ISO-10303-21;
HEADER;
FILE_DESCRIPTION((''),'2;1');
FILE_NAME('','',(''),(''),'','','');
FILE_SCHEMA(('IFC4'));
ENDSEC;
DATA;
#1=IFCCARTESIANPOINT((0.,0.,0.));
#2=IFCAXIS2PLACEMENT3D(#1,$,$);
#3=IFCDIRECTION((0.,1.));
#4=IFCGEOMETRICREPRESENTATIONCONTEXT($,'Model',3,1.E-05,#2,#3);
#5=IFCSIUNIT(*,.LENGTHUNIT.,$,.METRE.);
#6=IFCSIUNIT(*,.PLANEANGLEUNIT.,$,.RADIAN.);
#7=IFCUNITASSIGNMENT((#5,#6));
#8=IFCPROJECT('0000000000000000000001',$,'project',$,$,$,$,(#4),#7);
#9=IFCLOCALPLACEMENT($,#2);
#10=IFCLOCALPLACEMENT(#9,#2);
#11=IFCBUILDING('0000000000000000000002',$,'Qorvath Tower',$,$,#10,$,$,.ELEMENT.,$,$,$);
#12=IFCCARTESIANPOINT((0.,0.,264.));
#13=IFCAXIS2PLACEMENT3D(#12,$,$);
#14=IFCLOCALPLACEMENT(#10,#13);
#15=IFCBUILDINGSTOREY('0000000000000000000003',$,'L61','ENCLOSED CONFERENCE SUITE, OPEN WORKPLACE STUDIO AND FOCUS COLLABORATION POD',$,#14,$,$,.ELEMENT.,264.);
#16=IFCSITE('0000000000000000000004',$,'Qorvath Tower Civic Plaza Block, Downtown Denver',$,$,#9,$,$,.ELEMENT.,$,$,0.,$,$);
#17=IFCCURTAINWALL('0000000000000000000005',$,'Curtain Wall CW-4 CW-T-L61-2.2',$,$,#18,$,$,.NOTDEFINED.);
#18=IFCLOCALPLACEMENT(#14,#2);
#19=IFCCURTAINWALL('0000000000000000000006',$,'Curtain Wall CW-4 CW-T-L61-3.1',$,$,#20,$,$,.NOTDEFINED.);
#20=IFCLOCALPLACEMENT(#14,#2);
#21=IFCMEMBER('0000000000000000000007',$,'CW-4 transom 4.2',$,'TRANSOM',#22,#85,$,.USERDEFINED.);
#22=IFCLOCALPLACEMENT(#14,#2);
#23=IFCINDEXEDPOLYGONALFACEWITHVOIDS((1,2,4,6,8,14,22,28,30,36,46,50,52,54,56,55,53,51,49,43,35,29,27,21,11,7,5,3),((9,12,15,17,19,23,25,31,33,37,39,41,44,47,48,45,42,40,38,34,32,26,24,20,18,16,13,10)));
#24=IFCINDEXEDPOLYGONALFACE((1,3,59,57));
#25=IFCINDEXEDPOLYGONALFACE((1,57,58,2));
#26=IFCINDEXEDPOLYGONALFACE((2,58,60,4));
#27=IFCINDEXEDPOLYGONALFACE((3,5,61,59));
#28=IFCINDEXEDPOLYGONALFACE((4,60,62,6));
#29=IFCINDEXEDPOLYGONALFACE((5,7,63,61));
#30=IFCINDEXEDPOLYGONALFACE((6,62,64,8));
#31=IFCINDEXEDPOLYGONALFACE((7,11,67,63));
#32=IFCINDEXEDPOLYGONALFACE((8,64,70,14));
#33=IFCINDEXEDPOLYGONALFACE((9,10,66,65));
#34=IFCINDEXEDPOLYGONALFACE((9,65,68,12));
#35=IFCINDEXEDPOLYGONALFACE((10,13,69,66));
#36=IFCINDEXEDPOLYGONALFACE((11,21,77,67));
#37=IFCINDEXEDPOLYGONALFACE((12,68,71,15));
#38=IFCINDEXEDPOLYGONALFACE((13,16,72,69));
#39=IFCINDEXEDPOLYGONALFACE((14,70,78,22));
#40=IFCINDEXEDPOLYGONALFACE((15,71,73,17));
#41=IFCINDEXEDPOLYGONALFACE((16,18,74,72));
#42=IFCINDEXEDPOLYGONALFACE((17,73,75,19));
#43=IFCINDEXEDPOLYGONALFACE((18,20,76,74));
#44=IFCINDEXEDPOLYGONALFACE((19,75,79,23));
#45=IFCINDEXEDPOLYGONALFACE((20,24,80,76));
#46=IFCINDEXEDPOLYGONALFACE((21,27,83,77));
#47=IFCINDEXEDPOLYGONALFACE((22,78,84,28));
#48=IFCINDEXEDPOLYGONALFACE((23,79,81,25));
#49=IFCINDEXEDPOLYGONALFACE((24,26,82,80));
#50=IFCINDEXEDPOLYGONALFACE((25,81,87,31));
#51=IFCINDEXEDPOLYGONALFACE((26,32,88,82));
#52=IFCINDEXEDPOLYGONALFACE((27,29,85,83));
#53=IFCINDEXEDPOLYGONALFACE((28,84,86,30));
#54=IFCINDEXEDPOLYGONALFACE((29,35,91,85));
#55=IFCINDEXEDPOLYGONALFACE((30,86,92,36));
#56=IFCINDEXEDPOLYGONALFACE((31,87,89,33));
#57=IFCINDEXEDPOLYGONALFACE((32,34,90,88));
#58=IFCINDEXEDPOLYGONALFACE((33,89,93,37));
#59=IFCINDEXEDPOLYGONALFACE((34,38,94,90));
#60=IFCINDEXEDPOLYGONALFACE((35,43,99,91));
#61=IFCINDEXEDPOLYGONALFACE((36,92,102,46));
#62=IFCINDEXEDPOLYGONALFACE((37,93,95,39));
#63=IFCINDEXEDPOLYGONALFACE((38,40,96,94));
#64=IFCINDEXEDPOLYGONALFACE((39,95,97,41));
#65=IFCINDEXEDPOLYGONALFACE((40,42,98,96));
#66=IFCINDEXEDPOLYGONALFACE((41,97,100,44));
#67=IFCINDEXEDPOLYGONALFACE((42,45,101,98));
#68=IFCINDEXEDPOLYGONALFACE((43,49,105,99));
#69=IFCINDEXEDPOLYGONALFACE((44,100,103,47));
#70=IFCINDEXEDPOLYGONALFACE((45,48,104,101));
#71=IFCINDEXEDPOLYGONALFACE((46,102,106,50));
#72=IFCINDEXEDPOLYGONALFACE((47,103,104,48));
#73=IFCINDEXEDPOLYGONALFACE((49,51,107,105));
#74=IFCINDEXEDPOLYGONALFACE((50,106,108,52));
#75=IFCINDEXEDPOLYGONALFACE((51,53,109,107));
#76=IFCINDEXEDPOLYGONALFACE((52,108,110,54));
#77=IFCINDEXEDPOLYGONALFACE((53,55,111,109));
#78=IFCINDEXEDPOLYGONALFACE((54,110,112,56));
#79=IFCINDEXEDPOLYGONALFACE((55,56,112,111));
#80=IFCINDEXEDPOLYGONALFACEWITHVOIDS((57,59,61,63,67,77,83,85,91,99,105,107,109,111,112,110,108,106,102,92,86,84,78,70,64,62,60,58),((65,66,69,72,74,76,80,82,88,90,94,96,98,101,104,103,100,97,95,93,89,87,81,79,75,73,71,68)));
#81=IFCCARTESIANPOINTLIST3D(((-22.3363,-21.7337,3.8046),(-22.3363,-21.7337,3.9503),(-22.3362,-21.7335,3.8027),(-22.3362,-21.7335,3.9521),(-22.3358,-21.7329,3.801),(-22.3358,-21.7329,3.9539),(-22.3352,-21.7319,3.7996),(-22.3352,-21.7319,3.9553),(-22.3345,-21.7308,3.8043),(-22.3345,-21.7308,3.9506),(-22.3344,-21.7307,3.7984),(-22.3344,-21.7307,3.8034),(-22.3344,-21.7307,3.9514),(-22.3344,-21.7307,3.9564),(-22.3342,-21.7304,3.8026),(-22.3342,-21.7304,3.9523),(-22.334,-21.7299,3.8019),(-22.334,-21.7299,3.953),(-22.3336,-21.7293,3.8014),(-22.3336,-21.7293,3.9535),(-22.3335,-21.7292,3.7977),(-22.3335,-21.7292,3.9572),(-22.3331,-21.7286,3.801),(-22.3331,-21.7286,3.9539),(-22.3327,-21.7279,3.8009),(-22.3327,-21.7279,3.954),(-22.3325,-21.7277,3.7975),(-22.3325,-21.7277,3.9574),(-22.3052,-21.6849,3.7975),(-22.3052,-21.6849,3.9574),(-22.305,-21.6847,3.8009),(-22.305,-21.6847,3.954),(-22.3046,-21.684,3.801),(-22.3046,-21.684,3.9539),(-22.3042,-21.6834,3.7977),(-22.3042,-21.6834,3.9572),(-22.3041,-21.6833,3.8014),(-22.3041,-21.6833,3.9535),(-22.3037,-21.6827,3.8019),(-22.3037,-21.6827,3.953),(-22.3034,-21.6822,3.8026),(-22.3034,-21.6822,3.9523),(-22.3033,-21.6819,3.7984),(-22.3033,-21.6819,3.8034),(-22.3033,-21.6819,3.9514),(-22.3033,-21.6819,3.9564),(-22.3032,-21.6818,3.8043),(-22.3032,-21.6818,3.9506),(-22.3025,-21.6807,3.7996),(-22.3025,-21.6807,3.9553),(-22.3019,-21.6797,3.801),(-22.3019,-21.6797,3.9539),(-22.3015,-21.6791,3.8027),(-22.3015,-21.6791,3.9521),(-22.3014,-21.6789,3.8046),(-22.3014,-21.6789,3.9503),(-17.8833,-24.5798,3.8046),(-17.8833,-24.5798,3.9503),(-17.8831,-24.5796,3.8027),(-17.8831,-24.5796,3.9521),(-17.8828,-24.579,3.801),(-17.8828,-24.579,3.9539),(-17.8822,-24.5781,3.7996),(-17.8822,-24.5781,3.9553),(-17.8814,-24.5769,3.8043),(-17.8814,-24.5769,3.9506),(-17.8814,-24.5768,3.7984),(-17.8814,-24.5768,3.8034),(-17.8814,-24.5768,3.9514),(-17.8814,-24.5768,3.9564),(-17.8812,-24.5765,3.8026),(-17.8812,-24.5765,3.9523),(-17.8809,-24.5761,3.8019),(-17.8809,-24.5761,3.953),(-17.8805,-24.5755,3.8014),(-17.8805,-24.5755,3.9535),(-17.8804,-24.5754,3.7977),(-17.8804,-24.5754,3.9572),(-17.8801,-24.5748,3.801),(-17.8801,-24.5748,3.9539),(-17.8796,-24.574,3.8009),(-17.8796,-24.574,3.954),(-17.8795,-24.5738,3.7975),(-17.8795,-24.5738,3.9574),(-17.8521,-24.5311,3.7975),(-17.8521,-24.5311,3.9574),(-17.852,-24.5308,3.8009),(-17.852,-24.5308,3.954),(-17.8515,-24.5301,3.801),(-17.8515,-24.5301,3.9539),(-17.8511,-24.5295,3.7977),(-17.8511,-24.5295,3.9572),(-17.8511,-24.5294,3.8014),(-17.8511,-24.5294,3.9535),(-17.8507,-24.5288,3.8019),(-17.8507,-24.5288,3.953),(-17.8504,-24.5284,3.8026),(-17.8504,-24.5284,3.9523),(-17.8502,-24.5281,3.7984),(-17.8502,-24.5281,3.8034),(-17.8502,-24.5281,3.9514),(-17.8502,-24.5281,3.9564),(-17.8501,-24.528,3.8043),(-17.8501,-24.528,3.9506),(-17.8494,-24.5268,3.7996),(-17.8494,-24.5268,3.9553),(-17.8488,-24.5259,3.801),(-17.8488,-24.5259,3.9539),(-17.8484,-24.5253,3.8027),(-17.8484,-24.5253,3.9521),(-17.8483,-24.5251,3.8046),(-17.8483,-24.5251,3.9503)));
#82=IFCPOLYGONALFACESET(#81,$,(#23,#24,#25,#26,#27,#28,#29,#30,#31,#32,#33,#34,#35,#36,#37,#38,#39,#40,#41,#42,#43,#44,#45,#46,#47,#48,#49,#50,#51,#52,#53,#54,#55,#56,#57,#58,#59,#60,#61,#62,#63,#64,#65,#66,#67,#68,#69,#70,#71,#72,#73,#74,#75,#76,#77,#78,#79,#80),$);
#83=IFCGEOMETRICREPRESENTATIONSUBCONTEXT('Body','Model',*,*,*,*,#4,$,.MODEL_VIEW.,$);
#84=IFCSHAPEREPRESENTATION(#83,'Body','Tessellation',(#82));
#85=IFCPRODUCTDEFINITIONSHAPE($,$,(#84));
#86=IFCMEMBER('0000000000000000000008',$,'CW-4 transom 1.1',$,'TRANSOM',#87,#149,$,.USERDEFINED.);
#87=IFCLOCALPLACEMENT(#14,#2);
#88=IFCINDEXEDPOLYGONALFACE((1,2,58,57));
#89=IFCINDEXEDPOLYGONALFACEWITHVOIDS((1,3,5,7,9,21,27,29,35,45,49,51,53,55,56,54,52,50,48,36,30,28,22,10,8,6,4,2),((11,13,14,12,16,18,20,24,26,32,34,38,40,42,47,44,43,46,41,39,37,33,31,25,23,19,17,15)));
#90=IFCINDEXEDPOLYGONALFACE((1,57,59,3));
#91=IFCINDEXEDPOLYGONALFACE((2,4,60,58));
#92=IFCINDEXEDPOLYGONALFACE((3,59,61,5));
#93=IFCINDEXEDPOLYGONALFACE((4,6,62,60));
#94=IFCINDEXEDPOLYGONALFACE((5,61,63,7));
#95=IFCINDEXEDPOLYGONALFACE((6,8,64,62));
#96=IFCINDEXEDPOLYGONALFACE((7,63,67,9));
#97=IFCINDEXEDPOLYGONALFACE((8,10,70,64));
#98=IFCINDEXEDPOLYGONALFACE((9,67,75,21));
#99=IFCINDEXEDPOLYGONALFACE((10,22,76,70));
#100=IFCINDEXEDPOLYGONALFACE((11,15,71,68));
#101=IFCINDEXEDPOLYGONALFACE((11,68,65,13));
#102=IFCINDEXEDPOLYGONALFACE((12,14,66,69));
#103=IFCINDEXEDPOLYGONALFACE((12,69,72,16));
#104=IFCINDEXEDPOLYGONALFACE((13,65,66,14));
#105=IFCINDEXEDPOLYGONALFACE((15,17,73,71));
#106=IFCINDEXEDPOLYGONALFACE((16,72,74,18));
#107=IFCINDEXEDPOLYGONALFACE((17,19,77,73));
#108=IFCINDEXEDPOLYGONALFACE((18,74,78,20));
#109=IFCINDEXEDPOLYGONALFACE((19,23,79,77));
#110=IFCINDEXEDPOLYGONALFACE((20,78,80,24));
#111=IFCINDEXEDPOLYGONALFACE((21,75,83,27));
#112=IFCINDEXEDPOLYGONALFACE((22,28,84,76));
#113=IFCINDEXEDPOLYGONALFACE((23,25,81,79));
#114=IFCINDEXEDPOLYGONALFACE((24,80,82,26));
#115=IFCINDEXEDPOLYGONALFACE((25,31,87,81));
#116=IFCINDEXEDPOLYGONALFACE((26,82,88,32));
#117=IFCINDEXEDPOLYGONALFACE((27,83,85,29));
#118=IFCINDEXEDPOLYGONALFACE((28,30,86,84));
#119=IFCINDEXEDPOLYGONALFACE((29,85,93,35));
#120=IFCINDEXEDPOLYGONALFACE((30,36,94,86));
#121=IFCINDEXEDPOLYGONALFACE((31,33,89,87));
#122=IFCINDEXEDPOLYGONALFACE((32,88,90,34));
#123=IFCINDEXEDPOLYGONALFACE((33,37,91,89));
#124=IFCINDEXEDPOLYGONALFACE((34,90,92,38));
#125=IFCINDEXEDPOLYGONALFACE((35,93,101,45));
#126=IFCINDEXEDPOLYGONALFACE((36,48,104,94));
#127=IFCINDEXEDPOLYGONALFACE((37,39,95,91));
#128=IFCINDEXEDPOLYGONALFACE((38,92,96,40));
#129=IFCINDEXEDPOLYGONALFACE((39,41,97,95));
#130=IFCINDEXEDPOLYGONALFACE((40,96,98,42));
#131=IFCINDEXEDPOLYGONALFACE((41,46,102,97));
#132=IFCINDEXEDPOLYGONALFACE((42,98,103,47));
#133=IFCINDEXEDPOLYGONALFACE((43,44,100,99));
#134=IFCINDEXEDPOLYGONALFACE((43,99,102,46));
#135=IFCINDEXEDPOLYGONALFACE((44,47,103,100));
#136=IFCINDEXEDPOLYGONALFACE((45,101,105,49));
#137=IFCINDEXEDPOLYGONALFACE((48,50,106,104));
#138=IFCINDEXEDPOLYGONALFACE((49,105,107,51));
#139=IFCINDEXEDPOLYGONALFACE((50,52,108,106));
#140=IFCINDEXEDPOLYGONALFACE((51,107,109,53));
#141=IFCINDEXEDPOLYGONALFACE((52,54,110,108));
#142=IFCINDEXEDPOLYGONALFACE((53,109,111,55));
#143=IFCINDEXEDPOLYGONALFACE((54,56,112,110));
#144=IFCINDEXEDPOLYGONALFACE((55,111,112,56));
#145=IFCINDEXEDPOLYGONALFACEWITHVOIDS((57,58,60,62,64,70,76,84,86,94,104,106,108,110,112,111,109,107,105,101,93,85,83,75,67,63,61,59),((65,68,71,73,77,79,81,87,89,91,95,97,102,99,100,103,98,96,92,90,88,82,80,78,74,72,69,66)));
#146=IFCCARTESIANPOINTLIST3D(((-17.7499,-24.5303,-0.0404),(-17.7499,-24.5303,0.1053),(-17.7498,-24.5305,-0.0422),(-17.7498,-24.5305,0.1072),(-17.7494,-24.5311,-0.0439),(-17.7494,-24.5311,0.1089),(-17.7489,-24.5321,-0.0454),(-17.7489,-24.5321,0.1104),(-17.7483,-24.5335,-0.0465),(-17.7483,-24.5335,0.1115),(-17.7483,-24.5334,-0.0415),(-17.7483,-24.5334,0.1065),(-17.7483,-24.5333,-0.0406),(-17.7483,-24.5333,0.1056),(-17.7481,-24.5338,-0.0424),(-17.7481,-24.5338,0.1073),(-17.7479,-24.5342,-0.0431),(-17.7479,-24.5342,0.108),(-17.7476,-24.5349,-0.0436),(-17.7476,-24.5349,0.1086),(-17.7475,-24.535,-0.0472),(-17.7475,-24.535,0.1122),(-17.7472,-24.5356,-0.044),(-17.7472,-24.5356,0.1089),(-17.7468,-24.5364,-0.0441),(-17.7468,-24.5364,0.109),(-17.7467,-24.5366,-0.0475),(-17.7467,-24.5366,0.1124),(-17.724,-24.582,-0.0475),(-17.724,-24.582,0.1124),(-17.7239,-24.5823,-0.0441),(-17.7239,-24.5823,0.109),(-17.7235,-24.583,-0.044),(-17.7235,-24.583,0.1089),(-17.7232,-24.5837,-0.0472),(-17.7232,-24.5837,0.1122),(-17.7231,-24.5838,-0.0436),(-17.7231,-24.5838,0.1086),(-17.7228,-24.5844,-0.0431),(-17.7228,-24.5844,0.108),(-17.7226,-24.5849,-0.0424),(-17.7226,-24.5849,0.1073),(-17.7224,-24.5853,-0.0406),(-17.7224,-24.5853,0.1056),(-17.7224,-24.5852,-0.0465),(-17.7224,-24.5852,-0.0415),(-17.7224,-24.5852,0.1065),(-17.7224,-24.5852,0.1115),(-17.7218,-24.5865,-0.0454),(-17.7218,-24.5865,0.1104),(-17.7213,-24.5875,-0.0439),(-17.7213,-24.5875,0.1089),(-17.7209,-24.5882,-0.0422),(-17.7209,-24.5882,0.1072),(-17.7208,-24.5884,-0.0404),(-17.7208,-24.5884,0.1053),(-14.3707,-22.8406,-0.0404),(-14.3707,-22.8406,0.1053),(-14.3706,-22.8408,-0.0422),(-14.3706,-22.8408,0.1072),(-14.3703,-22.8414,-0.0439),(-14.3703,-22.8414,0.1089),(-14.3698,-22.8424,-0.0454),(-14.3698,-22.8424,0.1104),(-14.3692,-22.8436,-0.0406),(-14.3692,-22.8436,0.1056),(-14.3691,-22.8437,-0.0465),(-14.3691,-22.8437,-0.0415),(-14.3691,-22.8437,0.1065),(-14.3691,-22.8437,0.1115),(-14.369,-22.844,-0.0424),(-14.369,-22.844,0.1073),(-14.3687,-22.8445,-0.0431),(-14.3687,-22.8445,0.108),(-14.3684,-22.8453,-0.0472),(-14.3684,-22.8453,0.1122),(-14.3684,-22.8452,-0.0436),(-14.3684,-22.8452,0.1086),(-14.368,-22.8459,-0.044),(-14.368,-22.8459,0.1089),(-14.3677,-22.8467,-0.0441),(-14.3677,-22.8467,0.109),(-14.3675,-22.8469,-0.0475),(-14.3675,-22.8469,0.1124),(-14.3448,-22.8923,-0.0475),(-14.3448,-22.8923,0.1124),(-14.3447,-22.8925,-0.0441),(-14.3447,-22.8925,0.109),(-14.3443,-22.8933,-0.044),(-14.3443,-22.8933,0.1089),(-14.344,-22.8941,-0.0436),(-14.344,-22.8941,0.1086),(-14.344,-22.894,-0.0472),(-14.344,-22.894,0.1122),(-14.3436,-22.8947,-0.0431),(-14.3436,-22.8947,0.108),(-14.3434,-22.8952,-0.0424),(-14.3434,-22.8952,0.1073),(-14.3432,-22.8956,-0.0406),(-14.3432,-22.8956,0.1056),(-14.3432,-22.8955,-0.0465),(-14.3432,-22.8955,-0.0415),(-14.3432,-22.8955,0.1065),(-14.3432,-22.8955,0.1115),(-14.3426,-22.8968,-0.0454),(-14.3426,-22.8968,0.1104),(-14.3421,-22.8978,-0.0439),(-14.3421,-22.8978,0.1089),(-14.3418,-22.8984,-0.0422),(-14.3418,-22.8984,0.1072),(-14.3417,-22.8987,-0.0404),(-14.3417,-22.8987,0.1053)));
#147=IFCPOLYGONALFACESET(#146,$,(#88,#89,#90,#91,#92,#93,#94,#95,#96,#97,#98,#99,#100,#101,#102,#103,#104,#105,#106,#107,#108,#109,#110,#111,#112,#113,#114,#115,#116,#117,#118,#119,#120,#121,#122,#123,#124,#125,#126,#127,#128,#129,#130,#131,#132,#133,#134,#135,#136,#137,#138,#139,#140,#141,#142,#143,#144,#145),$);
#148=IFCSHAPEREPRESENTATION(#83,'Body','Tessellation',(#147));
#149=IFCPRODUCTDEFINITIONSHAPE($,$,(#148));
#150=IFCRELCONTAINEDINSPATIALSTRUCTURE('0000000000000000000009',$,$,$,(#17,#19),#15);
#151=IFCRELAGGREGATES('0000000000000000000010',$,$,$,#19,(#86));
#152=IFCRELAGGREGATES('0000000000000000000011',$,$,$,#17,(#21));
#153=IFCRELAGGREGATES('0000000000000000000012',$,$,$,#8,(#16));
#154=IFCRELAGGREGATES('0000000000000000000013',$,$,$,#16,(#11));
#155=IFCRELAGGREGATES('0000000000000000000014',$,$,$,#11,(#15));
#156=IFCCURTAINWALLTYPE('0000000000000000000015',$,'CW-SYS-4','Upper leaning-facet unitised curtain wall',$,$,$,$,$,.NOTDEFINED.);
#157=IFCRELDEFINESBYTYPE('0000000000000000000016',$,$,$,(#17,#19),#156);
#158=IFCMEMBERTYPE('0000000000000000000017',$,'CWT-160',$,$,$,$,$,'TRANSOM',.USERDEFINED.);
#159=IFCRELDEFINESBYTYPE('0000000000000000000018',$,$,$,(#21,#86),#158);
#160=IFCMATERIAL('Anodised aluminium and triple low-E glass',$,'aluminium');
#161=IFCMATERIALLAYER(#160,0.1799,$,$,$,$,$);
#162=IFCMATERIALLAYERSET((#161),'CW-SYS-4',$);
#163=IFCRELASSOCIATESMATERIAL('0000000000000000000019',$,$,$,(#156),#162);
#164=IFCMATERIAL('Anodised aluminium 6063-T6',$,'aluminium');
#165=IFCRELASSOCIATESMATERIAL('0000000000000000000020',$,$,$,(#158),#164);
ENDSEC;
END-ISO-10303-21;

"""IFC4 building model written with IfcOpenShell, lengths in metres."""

from ifc_helpers import new_model, si_unit, direction, frame, origin, origin_2d, place, context, subcontext, project, spatial, hollow_rectangle, extrude, material, layer, layer_set, material_profile, profile_set, type_object, element, aggregate, save


model = new_model("IFC4")

# Units and contexts
model_context = context("Model", 3, precision=1e-05, world=origin(), true_north=direction((0.0, 1.0)))
body_context = subcontext(model_context, "Body", "Model", "MODEL_VIEW")
ifc_project = project(units=[si_unit("LENGTHUNIT", "METRE"), si_unit("PLANEANGLEUNIT", "RADIAN")], contexts=[model_context])

# Site, building, storey
site_placement = place(None, origin())
site = spatial("IfcSite", under=ifc_project, at=site_placement, Name="Qorvath Tower Civic Plaza Block, Downtown Denver", CompositionType="ELEMENT", RefElevation=0.0)
building_placement = place(site_placement, origin())
building = spatial("IfcBuilding", under=site, at=building_placement, Name="Qorvath Tower", CompositionType="ELEMENT")
storey_placement = place(building_placement, frame((0.0, 0.0, 264.0)))
storey = spatial("IfcBuildingStorey", under=building, at=storey_placement, Name="L61", Description="ENCLOSED CONFERENCE SUITE, OPEN WORKPLACE STUDIO AND FOCUS COLLABORATION POD", CompositionType="ELEMENT", Elevation=264.0)

# Curtain wall
ifc_material_1 = material(Name="Anodised aluminium and triple low-E glass", Category="aluminium")
ifc_layer_1 = layer(ifc_material_1, 0.1799)
ifc_layer_set_1 = layer_set([ifc_layer_1], Name="CW-SYS-4")
curtain_wall_type = type_object("IfcCurtainWallType", Name="CW-SYS-4", Description="Upper leaning-facet unitised curtain wall", PredefinedType="NOTDEFINED", material=ifc_layer_set_1)
curtain_wall_1_placement = place(storey_placement, origin())
curtain_wall_1 = element("IfcCurtainWall", 1, at=curtain_wall_1_placement, inside=storey, type_object=curtain_wall_type, Name="Curtain Wall CW-4 CW-T-L61-2.2", PredefinedType="NOTDEFINED")

# Curtain wall
curtain_wall_2_placement = place(storey_placement, origin())
curtain_wall_2 = element("IfcCurtainWall", 2, at=curtain_wall_2_placement, inside=storey, type_object=curtain_wall_type, Name="Curtain Wall CW-4 CW-T-L61-3.1", PredefinedType="NOTDEFINED")

# Members
ifc_material_2 = material(Name="Anodised aluminium 6063-T6", Category="aluminium")
ifc_material_profile_1 = material_profile(ifc_material_2, hollow_rectangle(XDim=0.0649, YDim=0.1599, WallThickness=0.0034, InnerFilletRadius=0.0034, OuterFilletRadius=0.0071, at=origin_2d()), Name="CWT 160x65")
ifc_profile_set_1 = profile_set([ifc_material_profile_1], Name="Anodised aluminium 6063-T6")
member_type_1 = type_object("IfcMemberType", Name="CWT-160", ElementType="TRANSOM", PredefinedType="USERDEFINED", material=ifc_profile_set_1)
member_1_placement = place(storey_placement, frame((-22.3188, -21.7063, 3.8774), z_axis=(0.842598, -0.538542, 0.0), x_axis=(0.538542, 0.842598, 0.0)))
member_1 = element("IfcMember", 3, at=member_1_placement, type_object=member_type_1, Name="CW-4 transom 4.2", ObjectType="TRANSOM", PredefinedType="USERDEFINED", context=body_context, shape_type="SweptSolid", body=[
    extrude(hollow_rectangle(XDim=0.0649, YDim=0.1599, WallThickness=0.0034, InnerFilletRadius=0.0034, OuterFilletRadius=0.0071, at=origin_2d()), origin(), (0.0, 0.0, 1.0), 5.2849),
])
member_2_placement = place(storey_placement, frame((-17.7354, -24.5593, 0.0325), z_axis=(0.894414, 0.447239, 0.0), x_axis=(-0.447239, 0.894414, 0.0)))
member_2 = element("IfcMember", 4, at=member_2_placement, type_object=member_type_1, Name="CW-4 transom 1.1", ObjectType="TRANSOM", PredefinedType="USERDEFINED", context=body_context, shape_type="SweptSolid", body=[
    extrude(hollow_rectangle(XDim=0.0649, YDim=0.1599, WallThickness=0.0034, InnerFilletRadius=0.0034, OuterFilletRadius=0.0071, at=origin_2d()), origin(), (0.0, 0.0, 1.0), 3.7781),
])
aggregate(curtain_wall_2, [member_2])

aggregate(curtain_wall_1, [member_1])

save(model, "model.ifc")
